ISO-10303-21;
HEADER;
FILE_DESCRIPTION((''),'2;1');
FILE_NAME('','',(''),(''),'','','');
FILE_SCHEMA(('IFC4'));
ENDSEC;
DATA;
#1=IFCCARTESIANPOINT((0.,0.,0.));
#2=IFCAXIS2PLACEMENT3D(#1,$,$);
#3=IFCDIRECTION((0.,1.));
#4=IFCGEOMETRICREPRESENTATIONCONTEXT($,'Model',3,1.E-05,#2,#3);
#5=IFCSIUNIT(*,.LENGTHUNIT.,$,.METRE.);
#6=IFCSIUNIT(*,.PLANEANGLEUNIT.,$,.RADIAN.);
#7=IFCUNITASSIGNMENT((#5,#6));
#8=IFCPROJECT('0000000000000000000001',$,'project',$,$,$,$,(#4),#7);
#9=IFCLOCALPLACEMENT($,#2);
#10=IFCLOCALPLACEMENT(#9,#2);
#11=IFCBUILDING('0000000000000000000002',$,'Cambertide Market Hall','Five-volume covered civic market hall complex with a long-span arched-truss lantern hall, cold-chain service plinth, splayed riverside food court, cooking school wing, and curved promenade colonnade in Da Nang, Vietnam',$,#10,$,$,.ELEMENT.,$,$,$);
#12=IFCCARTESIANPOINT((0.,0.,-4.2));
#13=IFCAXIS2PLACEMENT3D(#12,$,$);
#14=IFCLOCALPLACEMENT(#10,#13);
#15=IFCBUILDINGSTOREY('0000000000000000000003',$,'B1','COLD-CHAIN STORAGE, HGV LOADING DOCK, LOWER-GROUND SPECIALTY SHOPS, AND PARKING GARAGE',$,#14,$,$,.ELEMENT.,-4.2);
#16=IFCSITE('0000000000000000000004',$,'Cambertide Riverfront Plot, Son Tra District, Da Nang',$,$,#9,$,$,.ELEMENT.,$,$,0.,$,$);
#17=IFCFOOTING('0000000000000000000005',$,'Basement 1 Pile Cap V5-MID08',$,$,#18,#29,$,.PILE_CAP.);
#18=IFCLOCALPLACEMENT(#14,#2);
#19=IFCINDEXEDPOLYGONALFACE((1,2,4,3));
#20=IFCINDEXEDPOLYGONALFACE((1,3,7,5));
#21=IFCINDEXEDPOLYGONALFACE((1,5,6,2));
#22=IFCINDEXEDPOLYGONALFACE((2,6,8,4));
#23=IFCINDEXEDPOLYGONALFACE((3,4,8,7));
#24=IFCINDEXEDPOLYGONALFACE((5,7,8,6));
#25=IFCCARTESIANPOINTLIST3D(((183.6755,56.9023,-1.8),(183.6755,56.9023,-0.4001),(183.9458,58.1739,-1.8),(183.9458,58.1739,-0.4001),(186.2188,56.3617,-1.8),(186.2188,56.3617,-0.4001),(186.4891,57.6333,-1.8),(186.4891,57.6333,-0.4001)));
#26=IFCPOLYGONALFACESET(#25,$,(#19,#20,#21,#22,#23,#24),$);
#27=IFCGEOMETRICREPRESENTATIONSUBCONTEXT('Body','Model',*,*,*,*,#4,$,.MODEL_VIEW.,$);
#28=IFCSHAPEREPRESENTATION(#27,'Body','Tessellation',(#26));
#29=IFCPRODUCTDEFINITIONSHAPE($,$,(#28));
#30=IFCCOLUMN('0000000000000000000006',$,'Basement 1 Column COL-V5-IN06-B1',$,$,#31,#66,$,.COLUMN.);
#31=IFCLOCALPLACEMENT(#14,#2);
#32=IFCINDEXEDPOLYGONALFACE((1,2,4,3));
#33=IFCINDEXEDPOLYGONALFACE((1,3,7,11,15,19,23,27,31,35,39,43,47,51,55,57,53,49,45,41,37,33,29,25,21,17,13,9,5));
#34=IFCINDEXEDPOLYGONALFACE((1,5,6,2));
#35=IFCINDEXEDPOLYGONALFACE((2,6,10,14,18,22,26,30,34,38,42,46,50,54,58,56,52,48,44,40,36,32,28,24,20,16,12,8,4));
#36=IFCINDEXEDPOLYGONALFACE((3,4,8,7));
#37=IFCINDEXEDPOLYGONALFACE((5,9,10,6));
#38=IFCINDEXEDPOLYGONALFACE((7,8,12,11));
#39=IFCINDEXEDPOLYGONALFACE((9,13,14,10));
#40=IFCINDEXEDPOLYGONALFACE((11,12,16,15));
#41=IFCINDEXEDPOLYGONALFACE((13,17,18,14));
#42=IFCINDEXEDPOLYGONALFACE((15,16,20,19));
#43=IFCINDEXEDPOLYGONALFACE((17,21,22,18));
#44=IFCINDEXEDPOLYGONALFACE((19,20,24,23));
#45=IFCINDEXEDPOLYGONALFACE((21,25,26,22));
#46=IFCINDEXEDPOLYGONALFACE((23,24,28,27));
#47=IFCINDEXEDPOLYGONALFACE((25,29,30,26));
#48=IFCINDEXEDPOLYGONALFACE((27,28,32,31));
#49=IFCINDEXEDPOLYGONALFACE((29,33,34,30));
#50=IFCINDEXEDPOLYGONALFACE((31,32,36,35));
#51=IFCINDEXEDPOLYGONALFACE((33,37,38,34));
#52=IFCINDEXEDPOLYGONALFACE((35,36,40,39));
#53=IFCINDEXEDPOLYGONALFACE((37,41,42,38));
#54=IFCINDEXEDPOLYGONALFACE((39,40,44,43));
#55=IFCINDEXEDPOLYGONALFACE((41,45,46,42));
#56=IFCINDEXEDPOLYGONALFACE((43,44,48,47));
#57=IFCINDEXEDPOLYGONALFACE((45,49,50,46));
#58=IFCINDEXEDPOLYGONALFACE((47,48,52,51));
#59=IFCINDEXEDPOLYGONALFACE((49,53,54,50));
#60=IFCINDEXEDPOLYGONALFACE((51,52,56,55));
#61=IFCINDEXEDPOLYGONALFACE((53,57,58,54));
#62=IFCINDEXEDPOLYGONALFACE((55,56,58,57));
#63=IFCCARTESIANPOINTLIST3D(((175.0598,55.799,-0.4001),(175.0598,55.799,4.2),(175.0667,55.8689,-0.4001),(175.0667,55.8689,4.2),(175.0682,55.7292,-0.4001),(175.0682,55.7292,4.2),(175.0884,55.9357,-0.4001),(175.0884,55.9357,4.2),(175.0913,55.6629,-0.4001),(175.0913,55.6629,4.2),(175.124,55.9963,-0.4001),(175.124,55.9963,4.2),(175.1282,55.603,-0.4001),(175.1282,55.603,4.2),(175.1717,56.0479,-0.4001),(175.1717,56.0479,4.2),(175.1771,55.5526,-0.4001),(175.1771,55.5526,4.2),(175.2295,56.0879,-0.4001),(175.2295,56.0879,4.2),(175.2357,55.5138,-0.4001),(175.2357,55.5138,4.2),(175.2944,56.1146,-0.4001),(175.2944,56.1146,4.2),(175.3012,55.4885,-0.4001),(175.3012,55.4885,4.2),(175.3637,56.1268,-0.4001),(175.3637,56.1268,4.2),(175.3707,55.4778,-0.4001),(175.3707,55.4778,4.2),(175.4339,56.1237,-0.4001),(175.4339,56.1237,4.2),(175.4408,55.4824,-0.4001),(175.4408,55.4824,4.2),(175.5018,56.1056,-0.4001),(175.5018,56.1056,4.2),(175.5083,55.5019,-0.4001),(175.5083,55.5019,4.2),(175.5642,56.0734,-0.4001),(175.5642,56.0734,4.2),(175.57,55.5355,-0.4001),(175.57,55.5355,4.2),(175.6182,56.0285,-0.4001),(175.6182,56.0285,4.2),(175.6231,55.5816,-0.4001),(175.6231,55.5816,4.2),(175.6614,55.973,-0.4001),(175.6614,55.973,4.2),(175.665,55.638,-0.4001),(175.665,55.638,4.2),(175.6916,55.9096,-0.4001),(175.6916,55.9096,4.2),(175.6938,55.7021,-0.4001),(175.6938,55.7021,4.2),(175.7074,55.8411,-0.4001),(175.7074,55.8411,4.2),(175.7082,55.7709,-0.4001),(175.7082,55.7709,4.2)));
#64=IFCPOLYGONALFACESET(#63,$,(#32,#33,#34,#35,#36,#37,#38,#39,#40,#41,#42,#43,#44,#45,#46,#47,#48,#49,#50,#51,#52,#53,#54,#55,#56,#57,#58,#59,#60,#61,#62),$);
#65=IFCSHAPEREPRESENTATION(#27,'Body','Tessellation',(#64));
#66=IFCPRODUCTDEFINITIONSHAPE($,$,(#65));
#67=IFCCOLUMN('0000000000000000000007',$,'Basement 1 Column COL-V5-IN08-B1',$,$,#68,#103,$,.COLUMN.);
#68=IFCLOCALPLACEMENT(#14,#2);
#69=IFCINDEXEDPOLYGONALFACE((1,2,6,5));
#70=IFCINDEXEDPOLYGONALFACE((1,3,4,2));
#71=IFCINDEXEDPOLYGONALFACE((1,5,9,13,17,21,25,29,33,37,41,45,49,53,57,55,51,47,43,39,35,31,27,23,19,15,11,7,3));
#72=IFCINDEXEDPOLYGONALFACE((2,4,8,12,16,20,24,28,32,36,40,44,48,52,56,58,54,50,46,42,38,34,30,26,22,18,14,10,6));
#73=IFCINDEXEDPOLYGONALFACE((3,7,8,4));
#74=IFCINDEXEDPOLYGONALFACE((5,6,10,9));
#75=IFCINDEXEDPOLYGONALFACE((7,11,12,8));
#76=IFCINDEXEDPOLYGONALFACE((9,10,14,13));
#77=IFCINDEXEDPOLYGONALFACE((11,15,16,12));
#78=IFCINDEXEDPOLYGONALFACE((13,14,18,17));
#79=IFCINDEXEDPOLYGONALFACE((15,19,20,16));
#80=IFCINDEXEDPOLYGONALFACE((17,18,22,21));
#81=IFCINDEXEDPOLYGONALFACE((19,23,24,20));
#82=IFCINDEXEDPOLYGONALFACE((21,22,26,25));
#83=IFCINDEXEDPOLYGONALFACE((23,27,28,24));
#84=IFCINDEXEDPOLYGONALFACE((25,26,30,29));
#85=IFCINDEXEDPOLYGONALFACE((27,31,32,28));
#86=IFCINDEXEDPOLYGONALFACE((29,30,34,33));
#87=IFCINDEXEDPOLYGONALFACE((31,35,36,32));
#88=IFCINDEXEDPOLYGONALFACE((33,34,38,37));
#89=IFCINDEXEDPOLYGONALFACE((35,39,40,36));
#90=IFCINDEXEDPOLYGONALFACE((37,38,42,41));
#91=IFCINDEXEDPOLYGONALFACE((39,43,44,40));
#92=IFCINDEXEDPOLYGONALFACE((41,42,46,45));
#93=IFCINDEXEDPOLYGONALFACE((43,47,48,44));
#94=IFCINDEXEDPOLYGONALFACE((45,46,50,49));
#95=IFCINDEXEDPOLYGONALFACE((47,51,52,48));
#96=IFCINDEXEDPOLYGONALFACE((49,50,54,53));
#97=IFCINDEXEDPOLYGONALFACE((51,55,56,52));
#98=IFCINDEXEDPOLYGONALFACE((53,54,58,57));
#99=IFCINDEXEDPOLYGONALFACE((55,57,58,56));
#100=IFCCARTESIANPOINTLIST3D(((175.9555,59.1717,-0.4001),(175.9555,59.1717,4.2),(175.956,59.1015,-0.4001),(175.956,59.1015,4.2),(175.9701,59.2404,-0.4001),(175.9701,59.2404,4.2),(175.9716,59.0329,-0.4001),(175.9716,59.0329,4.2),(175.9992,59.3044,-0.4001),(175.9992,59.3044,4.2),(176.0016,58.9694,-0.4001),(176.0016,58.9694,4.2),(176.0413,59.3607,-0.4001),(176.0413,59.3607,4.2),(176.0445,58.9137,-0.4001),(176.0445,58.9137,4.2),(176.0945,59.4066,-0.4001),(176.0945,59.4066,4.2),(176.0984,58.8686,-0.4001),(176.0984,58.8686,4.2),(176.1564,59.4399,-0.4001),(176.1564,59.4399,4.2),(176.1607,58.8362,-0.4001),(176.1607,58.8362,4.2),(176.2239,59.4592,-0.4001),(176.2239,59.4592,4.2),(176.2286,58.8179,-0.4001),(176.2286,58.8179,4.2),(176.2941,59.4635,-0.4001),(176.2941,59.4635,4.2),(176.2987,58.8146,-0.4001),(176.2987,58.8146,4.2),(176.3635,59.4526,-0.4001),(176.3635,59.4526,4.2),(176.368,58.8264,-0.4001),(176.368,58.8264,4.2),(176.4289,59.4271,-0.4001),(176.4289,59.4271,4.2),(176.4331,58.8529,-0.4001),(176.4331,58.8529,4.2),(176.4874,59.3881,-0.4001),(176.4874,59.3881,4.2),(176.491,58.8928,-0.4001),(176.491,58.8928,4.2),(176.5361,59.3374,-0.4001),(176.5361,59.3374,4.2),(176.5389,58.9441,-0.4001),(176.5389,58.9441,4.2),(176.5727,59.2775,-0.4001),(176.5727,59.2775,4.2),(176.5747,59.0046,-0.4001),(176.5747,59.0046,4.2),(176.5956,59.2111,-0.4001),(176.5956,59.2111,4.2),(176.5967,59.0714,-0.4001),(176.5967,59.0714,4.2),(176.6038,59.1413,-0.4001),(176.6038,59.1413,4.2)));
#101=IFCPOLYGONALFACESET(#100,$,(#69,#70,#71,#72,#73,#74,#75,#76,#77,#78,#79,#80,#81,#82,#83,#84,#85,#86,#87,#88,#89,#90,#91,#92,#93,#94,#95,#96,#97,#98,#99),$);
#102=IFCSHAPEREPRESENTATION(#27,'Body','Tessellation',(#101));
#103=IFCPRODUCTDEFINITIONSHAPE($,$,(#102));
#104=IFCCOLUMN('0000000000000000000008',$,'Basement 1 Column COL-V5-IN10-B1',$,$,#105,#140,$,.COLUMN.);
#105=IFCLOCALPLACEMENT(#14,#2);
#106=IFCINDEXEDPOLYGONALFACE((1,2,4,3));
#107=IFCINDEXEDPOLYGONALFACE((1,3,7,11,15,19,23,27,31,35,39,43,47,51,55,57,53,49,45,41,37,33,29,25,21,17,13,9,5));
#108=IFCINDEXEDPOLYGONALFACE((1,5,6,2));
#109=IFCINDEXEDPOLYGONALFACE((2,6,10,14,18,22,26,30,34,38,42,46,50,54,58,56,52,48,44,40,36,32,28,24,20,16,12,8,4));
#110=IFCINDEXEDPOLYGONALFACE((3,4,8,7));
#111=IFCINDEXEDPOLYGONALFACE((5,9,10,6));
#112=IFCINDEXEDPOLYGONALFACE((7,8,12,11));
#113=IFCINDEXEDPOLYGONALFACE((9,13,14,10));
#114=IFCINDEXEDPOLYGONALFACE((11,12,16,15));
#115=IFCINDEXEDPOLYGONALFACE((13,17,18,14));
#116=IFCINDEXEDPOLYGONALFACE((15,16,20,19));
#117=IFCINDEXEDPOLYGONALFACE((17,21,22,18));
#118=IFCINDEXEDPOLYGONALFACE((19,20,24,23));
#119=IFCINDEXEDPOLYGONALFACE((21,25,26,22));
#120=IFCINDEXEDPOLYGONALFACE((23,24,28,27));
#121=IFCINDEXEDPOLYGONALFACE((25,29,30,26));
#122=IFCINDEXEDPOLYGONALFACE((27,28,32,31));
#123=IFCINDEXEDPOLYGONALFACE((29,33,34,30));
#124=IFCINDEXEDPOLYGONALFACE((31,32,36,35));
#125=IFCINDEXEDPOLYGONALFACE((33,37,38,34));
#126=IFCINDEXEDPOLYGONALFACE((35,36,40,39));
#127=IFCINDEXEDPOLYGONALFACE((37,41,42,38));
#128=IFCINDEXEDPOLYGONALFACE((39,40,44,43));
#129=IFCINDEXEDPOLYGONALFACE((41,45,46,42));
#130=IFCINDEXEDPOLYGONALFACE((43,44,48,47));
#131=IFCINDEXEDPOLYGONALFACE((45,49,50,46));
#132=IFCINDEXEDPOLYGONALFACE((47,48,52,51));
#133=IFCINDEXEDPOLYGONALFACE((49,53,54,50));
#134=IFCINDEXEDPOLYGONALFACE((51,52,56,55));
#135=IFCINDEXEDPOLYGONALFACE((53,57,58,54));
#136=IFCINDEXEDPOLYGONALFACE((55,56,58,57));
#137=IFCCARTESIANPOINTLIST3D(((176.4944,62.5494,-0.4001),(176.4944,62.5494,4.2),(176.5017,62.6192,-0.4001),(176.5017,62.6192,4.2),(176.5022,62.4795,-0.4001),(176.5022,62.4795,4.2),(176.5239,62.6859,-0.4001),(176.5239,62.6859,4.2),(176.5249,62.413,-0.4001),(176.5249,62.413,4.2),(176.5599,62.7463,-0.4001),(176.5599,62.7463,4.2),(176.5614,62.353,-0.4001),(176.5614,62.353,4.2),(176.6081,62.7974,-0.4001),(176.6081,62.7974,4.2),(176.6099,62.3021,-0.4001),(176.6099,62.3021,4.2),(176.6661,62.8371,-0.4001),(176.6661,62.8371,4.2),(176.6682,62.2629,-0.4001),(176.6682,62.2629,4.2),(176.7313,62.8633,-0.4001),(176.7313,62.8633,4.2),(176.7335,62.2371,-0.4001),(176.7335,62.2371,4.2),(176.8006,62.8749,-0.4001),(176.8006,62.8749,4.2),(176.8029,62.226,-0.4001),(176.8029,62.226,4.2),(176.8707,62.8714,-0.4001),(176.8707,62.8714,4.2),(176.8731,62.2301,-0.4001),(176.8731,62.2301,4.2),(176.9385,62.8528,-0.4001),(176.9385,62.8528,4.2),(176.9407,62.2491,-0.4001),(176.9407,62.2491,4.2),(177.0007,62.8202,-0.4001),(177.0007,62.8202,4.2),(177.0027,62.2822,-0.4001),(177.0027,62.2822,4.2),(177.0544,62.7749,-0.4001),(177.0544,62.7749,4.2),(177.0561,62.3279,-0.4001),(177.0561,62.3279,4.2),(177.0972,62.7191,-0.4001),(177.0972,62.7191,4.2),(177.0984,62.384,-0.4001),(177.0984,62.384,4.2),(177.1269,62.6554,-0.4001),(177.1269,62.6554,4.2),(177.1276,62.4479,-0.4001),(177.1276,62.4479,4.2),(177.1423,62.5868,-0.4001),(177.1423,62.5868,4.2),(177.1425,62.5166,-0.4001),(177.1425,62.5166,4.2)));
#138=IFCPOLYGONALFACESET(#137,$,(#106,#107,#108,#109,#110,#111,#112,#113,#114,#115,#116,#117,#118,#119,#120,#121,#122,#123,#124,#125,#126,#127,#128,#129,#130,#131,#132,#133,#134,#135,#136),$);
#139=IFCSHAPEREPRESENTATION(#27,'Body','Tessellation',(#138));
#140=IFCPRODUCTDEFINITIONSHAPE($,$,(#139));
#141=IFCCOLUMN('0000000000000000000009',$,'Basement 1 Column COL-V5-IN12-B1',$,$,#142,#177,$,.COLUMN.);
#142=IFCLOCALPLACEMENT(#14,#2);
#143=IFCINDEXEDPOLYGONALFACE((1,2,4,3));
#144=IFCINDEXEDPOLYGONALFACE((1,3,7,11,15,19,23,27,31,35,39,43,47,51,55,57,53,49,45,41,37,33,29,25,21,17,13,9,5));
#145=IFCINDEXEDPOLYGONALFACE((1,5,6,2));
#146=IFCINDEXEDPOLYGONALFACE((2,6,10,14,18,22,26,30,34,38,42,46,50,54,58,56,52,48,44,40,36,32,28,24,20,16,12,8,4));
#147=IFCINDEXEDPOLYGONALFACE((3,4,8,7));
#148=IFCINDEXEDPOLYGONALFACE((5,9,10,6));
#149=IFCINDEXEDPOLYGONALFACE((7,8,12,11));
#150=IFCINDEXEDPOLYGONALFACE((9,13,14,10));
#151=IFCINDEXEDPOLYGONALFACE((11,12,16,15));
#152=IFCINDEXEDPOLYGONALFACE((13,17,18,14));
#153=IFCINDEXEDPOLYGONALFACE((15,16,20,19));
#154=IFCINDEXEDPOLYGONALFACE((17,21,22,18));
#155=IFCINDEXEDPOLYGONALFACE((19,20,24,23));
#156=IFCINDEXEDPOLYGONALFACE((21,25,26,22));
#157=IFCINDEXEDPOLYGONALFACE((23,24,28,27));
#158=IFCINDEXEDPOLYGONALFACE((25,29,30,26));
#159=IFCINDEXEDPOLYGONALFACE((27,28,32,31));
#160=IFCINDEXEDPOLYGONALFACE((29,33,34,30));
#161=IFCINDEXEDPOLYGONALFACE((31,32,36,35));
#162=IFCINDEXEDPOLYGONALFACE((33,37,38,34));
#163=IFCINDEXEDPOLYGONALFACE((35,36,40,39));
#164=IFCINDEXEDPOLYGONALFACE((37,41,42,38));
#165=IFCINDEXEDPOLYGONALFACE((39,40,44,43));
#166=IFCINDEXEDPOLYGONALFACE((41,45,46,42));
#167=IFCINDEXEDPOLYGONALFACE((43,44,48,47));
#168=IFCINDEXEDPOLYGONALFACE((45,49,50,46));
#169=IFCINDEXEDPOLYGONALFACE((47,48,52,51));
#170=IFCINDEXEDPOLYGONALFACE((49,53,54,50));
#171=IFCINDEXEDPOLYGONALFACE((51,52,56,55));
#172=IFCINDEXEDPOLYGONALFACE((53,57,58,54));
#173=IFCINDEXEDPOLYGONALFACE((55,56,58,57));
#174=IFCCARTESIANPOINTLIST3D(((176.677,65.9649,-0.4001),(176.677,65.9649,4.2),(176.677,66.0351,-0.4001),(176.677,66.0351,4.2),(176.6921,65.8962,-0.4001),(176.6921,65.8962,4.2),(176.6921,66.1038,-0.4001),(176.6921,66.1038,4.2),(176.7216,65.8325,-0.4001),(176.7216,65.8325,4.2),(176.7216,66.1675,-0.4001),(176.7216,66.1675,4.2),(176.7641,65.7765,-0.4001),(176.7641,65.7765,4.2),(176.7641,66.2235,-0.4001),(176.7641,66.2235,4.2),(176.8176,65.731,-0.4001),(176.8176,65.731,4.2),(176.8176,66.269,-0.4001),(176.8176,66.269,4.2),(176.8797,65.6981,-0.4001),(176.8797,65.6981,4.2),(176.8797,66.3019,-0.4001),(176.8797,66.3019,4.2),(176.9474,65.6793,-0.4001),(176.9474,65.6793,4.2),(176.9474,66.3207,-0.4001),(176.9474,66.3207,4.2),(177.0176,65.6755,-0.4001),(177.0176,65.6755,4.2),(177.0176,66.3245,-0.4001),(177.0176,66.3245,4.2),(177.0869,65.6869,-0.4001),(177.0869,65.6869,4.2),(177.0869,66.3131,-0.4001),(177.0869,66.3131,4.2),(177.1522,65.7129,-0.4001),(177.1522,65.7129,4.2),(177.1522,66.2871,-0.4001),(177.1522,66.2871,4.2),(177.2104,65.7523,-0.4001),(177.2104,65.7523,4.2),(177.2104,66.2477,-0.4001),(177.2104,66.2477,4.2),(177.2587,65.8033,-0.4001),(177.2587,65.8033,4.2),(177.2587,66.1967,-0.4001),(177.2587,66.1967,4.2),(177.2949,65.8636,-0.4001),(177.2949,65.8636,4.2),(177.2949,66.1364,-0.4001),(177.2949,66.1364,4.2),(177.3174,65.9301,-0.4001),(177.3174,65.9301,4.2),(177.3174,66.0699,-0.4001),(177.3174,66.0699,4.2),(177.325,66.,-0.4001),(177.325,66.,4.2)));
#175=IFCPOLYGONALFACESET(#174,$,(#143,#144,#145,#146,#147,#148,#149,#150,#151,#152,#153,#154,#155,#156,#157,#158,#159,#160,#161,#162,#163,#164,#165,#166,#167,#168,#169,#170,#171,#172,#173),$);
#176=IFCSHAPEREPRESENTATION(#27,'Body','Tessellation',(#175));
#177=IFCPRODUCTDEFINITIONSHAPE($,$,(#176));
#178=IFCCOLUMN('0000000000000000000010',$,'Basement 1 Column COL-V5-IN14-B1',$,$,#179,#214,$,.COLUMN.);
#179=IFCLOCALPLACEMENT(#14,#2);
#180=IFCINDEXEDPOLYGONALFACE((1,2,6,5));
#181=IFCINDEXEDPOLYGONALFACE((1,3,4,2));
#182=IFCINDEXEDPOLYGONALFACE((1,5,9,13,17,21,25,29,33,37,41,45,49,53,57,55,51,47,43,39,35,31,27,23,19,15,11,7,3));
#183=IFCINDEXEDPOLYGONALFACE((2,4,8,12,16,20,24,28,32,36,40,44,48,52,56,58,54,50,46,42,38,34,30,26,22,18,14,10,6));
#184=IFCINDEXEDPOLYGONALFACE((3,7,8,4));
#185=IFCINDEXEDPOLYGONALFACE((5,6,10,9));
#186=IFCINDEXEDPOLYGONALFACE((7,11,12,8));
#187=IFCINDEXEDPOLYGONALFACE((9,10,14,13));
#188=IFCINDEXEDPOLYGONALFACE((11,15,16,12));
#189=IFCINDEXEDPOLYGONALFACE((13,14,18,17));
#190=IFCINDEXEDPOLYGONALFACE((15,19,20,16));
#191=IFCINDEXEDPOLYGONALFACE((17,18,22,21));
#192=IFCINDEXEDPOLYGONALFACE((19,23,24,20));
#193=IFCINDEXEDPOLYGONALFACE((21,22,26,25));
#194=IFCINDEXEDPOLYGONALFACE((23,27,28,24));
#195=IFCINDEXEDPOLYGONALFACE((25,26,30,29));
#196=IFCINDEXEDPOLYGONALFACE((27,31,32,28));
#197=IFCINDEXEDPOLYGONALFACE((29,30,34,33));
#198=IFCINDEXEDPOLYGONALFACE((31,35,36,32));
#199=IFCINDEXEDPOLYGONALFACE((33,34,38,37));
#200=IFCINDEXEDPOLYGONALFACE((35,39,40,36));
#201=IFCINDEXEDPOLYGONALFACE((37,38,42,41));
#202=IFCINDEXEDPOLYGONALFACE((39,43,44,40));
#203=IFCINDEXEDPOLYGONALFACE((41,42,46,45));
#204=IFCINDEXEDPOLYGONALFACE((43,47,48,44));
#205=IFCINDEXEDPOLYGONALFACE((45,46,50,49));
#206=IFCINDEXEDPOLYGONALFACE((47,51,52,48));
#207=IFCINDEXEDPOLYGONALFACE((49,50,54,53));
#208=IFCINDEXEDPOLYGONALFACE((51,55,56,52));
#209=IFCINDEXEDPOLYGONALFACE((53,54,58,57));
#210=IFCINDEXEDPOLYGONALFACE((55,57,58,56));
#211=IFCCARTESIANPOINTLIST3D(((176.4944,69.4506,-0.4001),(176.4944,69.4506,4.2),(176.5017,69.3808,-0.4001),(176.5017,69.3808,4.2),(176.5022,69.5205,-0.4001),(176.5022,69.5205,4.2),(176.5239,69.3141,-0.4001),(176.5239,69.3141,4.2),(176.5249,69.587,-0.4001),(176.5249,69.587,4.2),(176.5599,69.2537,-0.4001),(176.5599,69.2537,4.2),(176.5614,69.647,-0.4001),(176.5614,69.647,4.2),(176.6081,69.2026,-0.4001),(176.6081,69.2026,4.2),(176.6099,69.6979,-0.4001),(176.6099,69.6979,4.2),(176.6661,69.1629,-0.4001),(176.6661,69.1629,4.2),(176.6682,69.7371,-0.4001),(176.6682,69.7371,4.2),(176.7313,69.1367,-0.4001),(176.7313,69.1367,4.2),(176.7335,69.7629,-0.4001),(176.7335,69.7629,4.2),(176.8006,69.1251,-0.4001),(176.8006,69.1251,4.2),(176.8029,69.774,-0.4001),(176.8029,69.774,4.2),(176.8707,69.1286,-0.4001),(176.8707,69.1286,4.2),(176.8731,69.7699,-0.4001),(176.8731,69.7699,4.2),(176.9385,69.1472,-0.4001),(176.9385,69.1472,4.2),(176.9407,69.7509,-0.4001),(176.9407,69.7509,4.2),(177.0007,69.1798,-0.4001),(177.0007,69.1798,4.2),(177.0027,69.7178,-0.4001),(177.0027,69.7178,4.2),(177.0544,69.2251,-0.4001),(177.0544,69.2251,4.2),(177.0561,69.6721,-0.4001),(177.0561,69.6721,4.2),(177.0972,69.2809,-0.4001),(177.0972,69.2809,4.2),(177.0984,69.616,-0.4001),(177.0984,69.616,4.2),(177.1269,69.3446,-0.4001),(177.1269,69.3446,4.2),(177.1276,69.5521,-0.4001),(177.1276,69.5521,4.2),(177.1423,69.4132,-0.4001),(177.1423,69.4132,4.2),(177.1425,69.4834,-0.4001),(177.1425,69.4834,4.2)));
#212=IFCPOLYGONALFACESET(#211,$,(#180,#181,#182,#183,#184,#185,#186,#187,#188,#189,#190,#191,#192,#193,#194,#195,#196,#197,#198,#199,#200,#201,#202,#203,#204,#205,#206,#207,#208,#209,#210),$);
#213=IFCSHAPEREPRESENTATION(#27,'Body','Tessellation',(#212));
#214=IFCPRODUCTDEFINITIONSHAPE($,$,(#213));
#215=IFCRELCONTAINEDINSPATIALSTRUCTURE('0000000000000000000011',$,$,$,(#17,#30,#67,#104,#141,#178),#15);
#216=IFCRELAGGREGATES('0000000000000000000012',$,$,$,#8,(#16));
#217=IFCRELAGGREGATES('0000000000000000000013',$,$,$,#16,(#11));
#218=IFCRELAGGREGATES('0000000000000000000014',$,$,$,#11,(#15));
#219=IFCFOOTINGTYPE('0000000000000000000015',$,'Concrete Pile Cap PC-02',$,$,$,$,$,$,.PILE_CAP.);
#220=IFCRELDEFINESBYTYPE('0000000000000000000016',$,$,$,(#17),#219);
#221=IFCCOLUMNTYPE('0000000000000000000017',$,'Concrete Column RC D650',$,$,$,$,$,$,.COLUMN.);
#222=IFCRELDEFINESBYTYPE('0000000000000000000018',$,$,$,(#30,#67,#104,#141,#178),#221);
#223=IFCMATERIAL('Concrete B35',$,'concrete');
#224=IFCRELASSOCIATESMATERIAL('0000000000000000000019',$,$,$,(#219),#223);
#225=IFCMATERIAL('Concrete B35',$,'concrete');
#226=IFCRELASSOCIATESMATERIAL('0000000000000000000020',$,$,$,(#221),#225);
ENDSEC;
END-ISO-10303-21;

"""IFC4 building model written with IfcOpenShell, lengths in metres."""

from ifc_helpers import new_model, si_unit, direction, frame, origin, origin_2d, place, context, subcontext, project, spatial, rectangle, circle, extrude, material, material_profile, profile_set, type_object, element, save


model = new_model("IFC4")

# Units and contexts
model_context = context("Model", 3, precision=1e-05, world=origin(), true_north=direction((0.0, 1.0)))
body_context = subcontext(model_context, "Body", "Model", "MODEL_VIEW")
ifc_project = project(units=[si_unit("LENGTHUNIT", "METRE"), si_unit("PLANEANGLEUNIT", "RADIAN")], contexts=[model_context])

# Site, building, storey
site_placement = place(None, origin())
site = spatial("IfcSite", under=ifc_project, at=site_placement, Name="Cambertide Riverfront Plot, Son Tra District, Da Nang", CompositionType="ELEMENT", RefElevation=0.0)
building_placement = place(site_placement, origin())
building = spatial("IfcBuilding", under=site, at=building_placement, Name="Cambertide Market Hall", Description="Five-volume covered civic market hall complex with a long-span arched-truss lantern hall, cold-chain service plinth, splayed riverside food court, cooking school wing, and curved promenade colonnade in Da Nang, Vietnam", CompositionType="ELEMENT")
storey_placement = place(building_placement, frame((0.0, 0.0, -4.2)))
storey = spatial("IfcBuildingStorey", under=building, at=storey_placement, Name="B1", Description="COLD-CHAIN STORAGE, HGV LOADING DOCK, LOWER-GROUND SPECIALTY SHOPS, AND PARKING GARAGE", CompositionType="ELEMENT", Elevation=-4.2)

# Footing
ifc_material_1 = material(Name="Concrete B35", Category="concrete")
footing_type = type_object("IfcFootingType", Name="Concrete Pile Cap PC-02", PredefinedType="PILE_CAP", material=ifc_material_1)
for number, where, z_axis, x_axis, name in (
    (1, (185.0823, 57.2678, -1.8), (0.0, 0.0, 1.0), (0.978148, -0.207912, 0.0), "Basement 1 Pile Cap V5-MID08"),
):
    element("IfcFooting", number, at=place(storey_placement, frame(where, z_axis=z_axis, x_axis=x_axis)), inside=storey, type_object=footing_type, Name=name, PredefinedType="PILE_CAP", context=body_context, shape_type="SweptSolid", body=[
        extrude(rectangle(XDim=2.6001, YDim=1.3, at=origin_2d()), origin(), (0.0, 0.0, 1.0), 1.3999),
    ])

# Columns
ifc_material_2 = material(Name="Concrete B35", Category="concrete")
ifc_material_profile_1 = material_profile(ifc_material_2, circle(Radius=0.325, at=origin_2d()), Name="RC D650")
ifc_profile_set_1 = profile_set([ifc_material_profile_1], Name="Concrete B35")
column_type = type_object("IfcColumnType", Name="Concrete Column RC D650", PredefinedType="COLUMN", material=ifc_profile_set_1)
for number, where, z_axis, x_axis, name in (
    (2, (175.3848, 55.8025, -0.4001), (0.0, 0.0, 1.0), (0.951057, -0.309017, 0.0), "Basement 1 Column COL-V5-IN06-B1"),
    (3, (176.2788, 59.1389, -0.4001), (0.0, 0.0, 1.0), (0.978148, -0.207912, 0.0), "Basement 1 Column COL-V5-IN08-B1"),
    (4, (176.8193, 62.5505, -0.4001), (0.0, 0.0, 1.0), (0.994522, -0.104528, 0.0), "Basement 1 Column COL-V5-IN10-B1"),
    (5, (177.0, 66.0, -0.4001), (0.0, 0.0, 1.0), (1.0, 0.0, 0.0), "Basement 1 Column COL-V5-IN12-B1"),
    (6, (176.8193, 69.4495, -0.4001), (0.0, 0.0, 1.0), (0.994522, 0.104528, 0.0), "Basement 1 Column COL-V5-IN14-B1"),
):
    element("IfcColumn", number, at=place(storey_placement, frame(where, z_axis=z_axis, x_axis=x_axis)), inside=storey, type_object=column_type, Name=name, PredefinedType="COLUMN", context=body_context, shape_type="SweptSolid", body=[
        extrude(circle(Radius=0.325, at=origin_2d()), origin(), (0.0, 0.0, 1.0), 4.6001),
    ])

save(model, "model.ifc")
